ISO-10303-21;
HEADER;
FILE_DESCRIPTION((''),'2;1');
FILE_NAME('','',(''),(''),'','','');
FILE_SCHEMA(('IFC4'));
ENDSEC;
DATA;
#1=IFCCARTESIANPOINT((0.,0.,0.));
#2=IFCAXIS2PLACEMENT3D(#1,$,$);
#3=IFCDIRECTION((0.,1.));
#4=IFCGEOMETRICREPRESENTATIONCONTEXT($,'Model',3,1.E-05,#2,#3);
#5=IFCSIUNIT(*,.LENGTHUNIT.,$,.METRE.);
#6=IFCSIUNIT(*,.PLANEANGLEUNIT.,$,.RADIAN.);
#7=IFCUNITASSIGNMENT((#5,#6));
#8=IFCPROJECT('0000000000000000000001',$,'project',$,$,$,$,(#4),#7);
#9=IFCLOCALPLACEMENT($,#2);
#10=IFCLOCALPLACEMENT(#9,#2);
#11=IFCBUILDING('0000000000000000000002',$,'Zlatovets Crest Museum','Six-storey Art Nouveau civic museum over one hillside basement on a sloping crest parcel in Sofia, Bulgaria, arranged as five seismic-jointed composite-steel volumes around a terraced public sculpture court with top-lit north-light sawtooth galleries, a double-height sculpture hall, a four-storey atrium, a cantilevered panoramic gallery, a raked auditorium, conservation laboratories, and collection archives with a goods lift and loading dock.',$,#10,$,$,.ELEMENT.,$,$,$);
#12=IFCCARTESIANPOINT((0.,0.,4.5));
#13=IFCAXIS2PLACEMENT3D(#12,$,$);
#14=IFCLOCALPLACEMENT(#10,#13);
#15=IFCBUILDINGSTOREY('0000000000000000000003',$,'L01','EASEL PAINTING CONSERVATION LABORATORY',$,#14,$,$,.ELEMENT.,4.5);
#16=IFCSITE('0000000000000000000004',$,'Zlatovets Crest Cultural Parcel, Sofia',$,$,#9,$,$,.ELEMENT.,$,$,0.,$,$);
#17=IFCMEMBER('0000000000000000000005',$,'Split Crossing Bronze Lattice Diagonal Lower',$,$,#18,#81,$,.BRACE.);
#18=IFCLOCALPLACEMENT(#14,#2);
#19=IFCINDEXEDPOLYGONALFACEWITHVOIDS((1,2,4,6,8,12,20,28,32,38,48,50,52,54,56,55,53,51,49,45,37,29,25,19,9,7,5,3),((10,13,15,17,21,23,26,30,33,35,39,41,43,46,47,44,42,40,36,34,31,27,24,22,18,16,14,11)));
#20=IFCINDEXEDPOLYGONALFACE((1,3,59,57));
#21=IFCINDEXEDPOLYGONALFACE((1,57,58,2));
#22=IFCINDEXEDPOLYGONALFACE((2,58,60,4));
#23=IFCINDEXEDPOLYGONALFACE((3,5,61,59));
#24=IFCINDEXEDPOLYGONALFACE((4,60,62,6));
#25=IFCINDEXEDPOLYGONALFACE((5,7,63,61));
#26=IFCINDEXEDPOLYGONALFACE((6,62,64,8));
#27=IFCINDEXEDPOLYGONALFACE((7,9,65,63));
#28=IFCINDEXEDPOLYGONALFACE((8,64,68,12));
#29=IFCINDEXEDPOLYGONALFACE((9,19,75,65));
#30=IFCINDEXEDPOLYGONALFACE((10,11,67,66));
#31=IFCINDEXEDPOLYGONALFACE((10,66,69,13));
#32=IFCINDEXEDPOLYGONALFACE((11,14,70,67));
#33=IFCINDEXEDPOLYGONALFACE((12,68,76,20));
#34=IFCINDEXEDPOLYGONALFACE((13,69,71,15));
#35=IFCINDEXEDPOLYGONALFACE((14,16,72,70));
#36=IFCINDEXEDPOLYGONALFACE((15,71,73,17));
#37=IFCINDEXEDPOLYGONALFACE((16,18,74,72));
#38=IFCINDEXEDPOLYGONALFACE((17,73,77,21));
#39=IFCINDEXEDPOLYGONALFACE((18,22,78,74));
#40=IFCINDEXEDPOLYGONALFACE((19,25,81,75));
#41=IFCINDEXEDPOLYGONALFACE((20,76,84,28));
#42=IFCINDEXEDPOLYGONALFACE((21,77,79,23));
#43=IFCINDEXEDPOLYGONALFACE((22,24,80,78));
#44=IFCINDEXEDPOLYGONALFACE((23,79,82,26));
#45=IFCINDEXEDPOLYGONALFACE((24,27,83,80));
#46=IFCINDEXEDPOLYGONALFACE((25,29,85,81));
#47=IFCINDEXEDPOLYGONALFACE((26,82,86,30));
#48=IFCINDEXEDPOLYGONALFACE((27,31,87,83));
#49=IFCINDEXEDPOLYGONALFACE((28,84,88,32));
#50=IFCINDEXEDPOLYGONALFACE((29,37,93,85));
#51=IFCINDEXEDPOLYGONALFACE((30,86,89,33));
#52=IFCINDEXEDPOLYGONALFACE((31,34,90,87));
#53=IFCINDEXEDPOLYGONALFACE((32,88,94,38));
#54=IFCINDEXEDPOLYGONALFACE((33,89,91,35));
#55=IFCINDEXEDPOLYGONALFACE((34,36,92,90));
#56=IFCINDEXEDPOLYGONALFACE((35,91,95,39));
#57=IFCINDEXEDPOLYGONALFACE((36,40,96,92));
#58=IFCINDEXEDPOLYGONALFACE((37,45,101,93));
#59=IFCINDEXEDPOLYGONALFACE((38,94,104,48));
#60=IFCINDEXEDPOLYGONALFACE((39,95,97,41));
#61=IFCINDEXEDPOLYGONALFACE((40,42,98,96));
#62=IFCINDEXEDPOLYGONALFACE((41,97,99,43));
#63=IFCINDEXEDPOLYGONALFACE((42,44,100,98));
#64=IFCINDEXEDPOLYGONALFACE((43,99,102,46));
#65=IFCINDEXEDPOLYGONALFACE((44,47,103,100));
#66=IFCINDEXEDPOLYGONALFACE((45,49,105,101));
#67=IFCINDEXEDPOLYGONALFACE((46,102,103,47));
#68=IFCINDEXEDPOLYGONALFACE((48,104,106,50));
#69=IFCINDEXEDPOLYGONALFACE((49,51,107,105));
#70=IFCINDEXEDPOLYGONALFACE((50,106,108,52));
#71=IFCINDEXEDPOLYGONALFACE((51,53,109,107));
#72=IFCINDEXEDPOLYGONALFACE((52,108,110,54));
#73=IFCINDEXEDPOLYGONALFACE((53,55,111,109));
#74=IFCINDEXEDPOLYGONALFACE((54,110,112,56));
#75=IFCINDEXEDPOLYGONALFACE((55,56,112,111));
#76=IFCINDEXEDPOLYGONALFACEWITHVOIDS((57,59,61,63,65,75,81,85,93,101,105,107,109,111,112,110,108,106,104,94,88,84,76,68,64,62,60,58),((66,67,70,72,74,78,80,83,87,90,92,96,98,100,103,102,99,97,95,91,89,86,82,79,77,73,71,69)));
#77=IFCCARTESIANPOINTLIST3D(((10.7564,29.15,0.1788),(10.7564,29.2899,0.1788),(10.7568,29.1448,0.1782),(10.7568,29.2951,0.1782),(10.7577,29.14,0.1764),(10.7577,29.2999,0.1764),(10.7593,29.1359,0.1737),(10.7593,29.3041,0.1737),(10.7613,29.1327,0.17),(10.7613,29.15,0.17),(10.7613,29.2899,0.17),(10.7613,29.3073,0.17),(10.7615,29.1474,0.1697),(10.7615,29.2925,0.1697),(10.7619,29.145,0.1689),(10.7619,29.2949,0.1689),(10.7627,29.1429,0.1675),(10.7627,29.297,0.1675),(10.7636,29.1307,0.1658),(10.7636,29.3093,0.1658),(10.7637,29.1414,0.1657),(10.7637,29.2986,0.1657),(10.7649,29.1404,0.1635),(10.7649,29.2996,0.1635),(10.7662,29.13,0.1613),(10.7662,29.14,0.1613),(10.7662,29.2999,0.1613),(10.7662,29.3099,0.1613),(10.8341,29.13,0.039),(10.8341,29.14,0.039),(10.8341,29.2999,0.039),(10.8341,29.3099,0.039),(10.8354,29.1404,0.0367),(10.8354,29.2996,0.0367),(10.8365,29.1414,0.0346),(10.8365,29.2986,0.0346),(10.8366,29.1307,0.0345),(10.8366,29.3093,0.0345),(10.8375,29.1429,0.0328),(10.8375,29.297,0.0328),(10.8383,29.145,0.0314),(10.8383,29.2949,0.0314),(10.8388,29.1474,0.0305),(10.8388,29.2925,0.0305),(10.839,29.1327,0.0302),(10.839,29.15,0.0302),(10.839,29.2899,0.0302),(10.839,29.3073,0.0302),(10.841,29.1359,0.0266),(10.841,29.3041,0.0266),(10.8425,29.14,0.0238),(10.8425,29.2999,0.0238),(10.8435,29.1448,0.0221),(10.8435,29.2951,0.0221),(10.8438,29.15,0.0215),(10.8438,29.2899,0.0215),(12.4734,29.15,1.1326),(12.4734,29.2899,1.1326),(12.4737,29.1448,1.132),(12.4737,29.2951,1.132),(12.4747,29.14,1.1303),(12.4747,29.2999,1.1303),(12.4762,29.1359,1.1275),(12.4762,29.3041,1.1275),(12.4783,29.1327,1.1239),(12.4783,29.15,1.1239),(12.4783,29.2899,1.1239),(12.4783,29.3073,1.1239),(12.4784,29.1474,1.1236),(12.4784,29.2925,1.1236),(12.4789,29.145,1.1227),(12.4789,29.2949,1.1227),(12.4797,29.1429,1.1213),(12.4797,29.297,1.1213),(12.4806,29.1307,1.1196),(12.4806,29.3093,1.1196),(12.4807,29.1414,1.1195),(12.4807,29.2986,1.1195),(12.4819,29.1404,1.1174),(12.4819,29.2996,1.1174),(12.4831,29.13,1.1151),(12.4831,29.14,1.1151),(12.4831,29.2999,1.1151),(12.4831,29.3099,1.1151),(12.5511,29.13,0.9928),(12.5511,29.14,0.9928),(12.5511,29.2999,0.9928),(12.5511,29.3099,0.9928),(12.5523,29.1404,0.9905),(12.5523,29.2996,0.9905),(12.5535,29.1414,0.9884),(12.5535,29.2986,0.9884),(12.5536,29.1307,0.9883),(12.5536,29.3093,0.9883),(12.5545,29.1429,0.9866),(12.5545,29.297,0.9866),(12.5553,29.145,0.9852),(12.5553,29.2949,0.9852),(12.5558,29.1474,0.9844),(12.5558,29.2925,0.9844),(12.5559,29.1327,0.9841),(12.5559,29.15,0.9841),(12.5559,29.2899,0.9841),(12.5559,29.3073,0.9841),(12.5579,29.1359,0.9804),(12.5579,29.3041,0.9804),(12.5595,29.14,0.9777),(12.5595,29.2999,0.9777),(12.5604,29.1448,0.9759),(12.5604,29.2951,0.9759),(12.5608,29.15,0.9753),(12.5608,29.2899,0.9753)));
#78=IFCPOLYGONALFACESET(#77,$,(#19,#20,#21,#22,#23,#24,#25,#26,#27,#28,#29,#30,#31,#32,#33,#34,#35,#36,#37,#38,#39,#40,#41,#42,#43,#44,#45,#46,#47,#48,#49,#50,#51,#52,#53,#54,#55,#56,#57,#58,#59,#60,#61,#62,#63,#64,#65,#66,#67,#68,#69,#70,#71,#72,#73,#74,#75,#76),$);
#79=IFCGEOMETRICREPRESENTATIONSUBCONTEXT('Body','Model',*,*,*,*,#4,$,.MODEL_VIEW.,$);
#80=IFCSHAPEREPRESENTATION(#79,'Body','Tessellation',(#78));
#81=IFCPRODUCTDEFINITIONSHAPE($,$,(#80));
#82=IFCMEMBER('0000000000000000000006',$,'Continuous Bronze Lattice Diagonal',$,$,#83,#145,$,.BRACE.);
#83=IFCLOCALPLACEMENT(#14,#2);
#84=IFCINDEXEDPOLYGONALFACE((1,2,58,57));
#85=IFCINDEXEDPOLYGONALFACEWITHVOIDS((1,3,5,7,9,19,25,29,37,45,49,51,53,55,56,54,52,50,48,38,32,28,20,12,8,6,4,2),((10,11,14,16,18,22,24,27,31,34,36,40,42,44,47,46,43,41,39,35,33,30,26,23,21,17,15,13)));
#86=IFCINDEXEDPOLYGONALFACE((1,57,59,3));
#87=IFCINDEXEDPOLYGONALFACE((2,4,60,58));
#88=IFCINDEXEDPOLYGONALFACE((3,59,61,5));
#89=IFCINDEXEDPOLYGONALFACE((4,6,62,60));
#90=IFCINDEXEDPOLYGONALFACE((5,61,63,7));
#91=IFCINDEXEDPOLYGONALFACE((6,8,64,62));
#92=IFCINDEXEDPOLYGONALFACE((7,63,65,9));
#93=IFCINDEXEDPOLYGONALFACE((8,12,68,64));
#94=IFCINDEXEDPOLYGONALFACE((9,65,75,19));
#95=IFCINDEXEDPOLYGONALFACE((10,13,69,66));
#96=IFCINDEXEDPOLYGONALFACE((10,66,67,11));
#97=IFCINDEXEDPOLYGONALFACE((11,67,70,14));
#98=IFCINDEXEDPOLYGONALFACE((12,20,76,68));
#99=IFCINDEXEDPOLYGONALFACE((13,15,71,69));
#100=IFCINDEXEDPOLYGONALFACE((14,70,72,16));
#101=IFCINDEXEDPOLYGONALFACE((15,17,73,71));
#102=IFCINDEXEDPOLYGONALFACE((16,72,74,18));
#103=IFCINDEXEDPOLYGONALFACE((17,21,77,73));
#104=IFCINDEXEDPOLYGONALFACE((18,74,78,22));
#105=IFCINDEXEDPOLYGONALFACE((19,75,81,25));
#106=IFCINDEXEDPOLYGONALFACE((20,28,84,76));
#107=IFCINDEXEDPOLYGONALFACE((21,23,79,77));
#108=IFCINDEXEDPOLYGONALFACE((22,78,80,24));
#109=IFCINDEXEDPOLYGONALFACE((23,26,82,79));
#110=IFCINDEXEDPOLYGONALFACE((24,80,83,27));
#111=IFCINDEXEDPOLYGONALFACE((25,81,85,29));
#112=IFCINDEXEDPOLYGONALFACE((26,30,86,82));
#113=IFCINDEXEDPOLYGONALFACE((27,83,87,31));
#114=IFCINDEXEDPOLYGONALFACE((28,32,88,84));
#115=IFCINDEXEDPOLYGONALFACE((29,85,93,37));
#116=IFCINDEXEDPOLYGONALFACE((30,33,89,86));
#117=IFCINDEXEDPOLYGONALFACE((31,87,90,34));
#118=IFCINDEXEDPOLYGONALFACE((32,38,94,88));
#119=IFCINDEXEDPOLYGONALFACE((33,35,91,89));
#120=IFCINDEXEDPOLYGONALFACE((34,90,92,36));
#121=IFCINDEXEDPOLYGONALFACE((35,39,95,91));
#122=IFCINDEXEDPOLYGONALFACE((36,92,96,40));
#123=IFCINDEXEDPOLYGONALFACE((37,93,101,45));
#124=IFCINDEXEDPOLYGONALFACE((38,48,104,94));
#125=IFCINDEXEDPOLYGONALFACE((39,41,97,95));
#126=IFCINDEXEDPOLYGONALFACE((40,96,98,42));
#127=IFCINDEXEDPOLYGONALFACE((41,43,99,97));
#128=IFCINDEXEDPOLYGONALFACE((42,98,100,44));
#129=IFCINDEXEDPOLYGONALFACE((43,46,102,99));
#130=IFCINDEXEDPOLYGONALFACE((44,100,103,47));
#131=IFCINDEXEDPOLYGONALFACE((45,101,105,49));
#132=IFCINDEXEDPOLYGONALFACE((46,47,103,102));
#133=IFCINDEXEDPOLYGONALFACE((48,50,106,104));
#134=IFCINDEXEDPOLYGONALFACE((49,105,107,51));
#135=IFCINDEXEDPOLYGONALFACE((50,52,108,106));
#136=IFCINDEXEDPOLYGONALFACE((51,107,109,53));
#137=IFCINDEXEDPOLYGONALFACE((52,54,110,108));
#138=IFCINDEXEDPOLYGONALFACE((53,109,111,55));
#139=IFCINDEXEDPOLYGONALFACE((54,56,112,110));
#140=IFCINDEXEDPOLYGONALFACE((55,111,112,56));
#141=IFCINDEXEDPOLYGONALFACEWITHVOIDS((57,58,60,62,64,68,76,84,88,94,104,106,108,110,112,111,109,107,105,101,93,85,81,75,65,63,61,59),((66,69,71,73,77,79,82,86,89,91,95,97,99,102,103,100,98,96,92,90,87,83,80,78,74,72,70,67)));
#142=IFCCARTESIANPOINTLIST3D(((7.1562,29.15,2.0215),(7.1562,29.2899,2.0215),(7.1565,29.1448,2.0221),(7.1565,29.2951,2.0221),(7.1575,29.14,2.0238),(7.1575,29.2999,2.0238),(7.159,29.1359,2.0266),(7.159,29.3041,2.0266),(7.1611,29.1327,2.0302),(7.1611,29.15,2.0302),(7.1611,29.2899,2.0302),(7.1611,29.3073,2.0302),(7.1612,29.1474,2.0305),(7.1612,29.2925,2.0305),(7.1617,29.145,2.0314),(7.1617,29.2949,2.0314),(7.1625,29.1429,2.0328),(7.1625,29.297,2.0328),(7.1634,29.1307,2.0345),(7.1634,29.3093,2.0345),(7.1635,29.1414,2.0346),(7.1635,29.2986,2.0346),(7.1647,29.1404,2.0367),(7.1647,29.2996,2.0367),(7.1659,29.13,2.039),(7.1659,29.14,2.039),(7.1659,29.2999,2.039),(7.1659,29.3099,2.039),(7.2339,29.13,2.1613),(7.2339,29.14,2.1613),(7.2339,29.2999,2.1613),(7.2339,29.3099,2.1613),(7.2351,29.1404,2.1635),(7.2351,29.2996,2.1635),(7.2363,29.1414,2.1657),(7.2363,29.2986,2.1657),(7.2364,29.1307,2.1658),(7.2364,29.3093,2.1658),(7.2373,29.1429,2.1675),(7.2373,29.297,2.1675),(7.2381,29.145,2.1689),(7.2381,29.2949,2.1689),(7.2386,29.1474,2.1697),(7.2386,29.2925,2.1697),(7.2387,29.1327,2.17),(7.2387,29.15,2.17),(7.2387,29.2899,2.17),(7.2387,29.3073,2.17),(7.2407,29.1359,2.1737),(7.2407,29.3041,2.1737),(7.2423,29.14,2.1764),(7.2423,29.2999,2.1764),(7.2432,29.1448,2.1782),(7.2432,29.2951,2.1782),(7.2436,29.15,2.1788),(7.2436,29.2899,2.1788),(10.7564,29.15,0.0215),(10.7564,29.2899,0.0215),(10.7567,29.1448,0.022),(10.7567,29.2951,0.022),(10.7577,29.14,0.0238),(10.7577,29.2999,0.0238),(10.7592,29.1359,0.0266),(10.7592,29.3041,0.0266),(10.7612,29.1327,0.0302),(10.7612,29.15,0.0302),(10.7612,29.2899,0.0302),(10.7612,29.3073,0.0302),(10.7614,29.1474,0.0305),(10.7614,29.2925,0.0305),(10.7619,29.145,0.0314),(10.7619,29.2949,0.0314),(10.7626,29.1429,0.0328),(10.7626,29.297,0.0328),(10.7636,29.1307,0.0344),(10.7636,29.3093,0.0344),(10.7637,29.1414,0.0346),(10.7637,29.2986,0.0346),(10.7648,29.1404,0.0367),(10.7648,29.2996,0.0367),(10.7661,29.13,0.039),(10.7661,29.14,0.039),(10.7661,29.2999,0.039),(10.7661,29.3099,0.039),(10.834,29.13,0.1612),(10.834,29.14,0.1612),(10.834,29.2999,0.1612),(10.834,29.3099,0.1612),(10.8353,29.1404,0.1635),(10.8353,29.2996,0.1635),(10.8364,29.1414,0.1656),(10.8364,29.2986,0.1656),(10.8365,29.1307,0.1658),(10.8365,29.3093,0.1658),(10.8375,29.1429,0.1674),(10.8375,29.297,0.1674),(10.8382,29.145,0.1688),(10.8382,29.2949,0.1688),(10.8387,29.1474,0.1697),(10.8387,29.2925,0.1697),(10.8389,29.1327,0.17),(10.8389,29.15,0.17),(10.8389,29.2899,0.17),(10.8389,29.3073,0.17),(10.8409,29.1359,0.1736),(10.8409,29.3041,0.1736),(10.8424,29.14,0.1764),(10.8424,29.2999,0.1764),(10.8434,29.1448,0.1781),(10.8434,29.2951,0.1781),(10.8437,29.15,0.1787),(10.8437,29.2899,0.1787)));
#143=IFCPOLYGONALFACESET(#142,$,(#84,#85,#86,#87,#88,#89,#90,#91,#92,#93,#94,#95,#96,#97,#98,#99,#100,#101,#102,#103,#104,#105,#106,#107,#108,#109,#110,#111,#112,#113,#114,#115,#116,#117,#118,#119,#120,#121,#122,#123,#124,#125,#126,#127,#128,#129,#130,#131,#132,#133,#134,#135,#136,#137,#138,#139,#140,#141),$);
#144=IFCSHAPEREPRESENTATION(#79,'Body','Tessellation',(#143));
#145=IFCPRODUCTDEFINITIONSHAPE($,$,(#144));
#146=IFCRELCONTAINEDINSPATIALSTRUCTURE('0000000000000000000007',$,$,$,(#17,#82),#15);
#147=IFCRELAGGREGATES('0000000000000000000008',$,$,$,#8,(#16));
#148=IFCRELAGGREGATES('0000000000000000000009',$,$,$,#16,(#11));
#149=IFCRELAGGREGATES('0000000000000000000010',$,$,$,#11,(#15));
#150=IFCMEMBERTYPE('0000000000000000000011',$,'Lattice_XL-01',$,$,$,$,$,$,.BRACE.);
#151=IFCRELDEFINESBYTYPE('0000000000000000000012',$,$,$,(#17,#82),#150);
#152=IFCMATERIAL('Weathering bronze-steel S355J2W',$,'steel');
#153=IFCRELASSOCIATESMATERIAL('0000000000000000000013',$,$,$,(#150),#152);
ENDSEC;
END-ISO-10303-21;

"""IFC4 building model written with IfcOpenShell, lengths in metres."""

from ifc_helpers import new_model, si_unit, direction, frame, origin, origin_2d, place, context, subcontext, project, spatial, hollow_rectangle, extrude, material, material_profile, profile_set, type_object, element, save


model = new_model("IFC4")

# Units and contexts
model_context = context("Model", 3, precision=1e-05, world=origin(), true_north=direction((0.0, 1.0)))
body_context = subcontext(model_context, "Body", "Model", "MODEL_VIEW")
ifc_project = project(units=[si_unit("LENGTHUNIT", "METRE"), si_unit("PLANEANGLEUNIT", "RADIAN")], contexts=[model_context])

# Site, building, storey
site_placement = place(None, origin())
site = spatial("IfcSite", under=ifc_project, at=site_placement, Name="Zlatovets Crest Cultural Parcel, Sofia", CompositionType="ELEMENT", RefElevation=0.0)
building_placement = place(site_placement, origin())
building = spatial("IfcBuilding", under=site, at=building_placement, Name="Zlatovets Crest Museum", Description="Six-storey Art Nouveau civic museum over one hillside basement on a sloping crest parcel in Sofia, Bulgaria, arranged as five seismic-jointed composite-steel volumes around a terraced public sculpture court with top-lit north-light sawtooth galleries, a double-height sculpture hall, a four-storey atrium, a cantilevered panoramic gallery, a raked auditorium, conservation laboratories, and collection archives with a goods lift and loading dock.", CompositionType="ELEMENT")
storey_placement = place(building_placement, frame((0.0, 0.0, 4.5)))
storey = spatial("IfcBuildingStorey", under=building, at=storey_placement, Name="L01", Description="EASEL PAINTING CONSERVATION LABORATORY", CompositionType="ELEMENT", Elevation=4.5)

# Members
ifc_material_1 = material(Name="Weathering bronze-steel S355J2W", Category="steel")
ifc_material_profile_1 = material_profile(ifc_material_1, hollow_rectangle(XDim=0.1799, YDim=0.1799, WallThickness=0.01, InnerFilletRadius=0.01, OuterFilletRadius=0.02, at=origin_2d()), Name="SHS 180x180x10.0")
ifc_profile_set_1 = profile_set([ifc_material_profile_1], Name="Weathering bronze-steel S355J2W")
member_type_1 = type_object("IfcMemberType", Name="Lattice_XL-01", PredefinedType="BRACE", material=ifc_profile_set_1)
for number, where, z_axis, x_axis, name in (
    (1, (12.5171, 29.22, 1.054), (-0.874169, 0.0, -0.485622), (0.0, -1.0, 0.0), "Split Crossing Bronze Lattice Diagonal Lower"),
):
    element("IfcMember", number, at=place(storey_placement, frame(where, z_axis=z_axis, x_axis=x_axis)), inside=storey, type_object=member_type_1, Name=name, PredefinedType="BRACE", context=body_context, shape_type="SweptSolid", body=[
        extrude(hollow_rectangle(XDim=0.1799, YDim=0.1799, WallThickness=0.01, InnerFilletRadius=0.01, OuterFilletRadius=0.02, at=origin_2d()), origin(), (0.0, 0.0, 1.0), 1.9641),
    ])
member_1_placement = place(storey_placement, frame((10.8, 29.22, 0.1001), z_axis=(-0.874163, 0.0, 0.485633), x_axis=(0.0, -1.0, 0.0)))
element("IfcMember", 2, at=member_1_placement, inside=storey, type_object=member_type_1, Name="Continuous Bronze Lattice Diagonal", PredefinedType="BRACE", context=body_context, shape_type="SweptSolid", body=[
    extrude(hollow_rectangle(XDim=0.1799, YDim=0.1799, WallThickness=0.01, InnerFilletRadius=0.01, OuterFilletRadius=0.02, at=origin_2d()), origin(), (0.0, 0.0, 1.0), 4.1184),
])

save(model, "model.ifc")
